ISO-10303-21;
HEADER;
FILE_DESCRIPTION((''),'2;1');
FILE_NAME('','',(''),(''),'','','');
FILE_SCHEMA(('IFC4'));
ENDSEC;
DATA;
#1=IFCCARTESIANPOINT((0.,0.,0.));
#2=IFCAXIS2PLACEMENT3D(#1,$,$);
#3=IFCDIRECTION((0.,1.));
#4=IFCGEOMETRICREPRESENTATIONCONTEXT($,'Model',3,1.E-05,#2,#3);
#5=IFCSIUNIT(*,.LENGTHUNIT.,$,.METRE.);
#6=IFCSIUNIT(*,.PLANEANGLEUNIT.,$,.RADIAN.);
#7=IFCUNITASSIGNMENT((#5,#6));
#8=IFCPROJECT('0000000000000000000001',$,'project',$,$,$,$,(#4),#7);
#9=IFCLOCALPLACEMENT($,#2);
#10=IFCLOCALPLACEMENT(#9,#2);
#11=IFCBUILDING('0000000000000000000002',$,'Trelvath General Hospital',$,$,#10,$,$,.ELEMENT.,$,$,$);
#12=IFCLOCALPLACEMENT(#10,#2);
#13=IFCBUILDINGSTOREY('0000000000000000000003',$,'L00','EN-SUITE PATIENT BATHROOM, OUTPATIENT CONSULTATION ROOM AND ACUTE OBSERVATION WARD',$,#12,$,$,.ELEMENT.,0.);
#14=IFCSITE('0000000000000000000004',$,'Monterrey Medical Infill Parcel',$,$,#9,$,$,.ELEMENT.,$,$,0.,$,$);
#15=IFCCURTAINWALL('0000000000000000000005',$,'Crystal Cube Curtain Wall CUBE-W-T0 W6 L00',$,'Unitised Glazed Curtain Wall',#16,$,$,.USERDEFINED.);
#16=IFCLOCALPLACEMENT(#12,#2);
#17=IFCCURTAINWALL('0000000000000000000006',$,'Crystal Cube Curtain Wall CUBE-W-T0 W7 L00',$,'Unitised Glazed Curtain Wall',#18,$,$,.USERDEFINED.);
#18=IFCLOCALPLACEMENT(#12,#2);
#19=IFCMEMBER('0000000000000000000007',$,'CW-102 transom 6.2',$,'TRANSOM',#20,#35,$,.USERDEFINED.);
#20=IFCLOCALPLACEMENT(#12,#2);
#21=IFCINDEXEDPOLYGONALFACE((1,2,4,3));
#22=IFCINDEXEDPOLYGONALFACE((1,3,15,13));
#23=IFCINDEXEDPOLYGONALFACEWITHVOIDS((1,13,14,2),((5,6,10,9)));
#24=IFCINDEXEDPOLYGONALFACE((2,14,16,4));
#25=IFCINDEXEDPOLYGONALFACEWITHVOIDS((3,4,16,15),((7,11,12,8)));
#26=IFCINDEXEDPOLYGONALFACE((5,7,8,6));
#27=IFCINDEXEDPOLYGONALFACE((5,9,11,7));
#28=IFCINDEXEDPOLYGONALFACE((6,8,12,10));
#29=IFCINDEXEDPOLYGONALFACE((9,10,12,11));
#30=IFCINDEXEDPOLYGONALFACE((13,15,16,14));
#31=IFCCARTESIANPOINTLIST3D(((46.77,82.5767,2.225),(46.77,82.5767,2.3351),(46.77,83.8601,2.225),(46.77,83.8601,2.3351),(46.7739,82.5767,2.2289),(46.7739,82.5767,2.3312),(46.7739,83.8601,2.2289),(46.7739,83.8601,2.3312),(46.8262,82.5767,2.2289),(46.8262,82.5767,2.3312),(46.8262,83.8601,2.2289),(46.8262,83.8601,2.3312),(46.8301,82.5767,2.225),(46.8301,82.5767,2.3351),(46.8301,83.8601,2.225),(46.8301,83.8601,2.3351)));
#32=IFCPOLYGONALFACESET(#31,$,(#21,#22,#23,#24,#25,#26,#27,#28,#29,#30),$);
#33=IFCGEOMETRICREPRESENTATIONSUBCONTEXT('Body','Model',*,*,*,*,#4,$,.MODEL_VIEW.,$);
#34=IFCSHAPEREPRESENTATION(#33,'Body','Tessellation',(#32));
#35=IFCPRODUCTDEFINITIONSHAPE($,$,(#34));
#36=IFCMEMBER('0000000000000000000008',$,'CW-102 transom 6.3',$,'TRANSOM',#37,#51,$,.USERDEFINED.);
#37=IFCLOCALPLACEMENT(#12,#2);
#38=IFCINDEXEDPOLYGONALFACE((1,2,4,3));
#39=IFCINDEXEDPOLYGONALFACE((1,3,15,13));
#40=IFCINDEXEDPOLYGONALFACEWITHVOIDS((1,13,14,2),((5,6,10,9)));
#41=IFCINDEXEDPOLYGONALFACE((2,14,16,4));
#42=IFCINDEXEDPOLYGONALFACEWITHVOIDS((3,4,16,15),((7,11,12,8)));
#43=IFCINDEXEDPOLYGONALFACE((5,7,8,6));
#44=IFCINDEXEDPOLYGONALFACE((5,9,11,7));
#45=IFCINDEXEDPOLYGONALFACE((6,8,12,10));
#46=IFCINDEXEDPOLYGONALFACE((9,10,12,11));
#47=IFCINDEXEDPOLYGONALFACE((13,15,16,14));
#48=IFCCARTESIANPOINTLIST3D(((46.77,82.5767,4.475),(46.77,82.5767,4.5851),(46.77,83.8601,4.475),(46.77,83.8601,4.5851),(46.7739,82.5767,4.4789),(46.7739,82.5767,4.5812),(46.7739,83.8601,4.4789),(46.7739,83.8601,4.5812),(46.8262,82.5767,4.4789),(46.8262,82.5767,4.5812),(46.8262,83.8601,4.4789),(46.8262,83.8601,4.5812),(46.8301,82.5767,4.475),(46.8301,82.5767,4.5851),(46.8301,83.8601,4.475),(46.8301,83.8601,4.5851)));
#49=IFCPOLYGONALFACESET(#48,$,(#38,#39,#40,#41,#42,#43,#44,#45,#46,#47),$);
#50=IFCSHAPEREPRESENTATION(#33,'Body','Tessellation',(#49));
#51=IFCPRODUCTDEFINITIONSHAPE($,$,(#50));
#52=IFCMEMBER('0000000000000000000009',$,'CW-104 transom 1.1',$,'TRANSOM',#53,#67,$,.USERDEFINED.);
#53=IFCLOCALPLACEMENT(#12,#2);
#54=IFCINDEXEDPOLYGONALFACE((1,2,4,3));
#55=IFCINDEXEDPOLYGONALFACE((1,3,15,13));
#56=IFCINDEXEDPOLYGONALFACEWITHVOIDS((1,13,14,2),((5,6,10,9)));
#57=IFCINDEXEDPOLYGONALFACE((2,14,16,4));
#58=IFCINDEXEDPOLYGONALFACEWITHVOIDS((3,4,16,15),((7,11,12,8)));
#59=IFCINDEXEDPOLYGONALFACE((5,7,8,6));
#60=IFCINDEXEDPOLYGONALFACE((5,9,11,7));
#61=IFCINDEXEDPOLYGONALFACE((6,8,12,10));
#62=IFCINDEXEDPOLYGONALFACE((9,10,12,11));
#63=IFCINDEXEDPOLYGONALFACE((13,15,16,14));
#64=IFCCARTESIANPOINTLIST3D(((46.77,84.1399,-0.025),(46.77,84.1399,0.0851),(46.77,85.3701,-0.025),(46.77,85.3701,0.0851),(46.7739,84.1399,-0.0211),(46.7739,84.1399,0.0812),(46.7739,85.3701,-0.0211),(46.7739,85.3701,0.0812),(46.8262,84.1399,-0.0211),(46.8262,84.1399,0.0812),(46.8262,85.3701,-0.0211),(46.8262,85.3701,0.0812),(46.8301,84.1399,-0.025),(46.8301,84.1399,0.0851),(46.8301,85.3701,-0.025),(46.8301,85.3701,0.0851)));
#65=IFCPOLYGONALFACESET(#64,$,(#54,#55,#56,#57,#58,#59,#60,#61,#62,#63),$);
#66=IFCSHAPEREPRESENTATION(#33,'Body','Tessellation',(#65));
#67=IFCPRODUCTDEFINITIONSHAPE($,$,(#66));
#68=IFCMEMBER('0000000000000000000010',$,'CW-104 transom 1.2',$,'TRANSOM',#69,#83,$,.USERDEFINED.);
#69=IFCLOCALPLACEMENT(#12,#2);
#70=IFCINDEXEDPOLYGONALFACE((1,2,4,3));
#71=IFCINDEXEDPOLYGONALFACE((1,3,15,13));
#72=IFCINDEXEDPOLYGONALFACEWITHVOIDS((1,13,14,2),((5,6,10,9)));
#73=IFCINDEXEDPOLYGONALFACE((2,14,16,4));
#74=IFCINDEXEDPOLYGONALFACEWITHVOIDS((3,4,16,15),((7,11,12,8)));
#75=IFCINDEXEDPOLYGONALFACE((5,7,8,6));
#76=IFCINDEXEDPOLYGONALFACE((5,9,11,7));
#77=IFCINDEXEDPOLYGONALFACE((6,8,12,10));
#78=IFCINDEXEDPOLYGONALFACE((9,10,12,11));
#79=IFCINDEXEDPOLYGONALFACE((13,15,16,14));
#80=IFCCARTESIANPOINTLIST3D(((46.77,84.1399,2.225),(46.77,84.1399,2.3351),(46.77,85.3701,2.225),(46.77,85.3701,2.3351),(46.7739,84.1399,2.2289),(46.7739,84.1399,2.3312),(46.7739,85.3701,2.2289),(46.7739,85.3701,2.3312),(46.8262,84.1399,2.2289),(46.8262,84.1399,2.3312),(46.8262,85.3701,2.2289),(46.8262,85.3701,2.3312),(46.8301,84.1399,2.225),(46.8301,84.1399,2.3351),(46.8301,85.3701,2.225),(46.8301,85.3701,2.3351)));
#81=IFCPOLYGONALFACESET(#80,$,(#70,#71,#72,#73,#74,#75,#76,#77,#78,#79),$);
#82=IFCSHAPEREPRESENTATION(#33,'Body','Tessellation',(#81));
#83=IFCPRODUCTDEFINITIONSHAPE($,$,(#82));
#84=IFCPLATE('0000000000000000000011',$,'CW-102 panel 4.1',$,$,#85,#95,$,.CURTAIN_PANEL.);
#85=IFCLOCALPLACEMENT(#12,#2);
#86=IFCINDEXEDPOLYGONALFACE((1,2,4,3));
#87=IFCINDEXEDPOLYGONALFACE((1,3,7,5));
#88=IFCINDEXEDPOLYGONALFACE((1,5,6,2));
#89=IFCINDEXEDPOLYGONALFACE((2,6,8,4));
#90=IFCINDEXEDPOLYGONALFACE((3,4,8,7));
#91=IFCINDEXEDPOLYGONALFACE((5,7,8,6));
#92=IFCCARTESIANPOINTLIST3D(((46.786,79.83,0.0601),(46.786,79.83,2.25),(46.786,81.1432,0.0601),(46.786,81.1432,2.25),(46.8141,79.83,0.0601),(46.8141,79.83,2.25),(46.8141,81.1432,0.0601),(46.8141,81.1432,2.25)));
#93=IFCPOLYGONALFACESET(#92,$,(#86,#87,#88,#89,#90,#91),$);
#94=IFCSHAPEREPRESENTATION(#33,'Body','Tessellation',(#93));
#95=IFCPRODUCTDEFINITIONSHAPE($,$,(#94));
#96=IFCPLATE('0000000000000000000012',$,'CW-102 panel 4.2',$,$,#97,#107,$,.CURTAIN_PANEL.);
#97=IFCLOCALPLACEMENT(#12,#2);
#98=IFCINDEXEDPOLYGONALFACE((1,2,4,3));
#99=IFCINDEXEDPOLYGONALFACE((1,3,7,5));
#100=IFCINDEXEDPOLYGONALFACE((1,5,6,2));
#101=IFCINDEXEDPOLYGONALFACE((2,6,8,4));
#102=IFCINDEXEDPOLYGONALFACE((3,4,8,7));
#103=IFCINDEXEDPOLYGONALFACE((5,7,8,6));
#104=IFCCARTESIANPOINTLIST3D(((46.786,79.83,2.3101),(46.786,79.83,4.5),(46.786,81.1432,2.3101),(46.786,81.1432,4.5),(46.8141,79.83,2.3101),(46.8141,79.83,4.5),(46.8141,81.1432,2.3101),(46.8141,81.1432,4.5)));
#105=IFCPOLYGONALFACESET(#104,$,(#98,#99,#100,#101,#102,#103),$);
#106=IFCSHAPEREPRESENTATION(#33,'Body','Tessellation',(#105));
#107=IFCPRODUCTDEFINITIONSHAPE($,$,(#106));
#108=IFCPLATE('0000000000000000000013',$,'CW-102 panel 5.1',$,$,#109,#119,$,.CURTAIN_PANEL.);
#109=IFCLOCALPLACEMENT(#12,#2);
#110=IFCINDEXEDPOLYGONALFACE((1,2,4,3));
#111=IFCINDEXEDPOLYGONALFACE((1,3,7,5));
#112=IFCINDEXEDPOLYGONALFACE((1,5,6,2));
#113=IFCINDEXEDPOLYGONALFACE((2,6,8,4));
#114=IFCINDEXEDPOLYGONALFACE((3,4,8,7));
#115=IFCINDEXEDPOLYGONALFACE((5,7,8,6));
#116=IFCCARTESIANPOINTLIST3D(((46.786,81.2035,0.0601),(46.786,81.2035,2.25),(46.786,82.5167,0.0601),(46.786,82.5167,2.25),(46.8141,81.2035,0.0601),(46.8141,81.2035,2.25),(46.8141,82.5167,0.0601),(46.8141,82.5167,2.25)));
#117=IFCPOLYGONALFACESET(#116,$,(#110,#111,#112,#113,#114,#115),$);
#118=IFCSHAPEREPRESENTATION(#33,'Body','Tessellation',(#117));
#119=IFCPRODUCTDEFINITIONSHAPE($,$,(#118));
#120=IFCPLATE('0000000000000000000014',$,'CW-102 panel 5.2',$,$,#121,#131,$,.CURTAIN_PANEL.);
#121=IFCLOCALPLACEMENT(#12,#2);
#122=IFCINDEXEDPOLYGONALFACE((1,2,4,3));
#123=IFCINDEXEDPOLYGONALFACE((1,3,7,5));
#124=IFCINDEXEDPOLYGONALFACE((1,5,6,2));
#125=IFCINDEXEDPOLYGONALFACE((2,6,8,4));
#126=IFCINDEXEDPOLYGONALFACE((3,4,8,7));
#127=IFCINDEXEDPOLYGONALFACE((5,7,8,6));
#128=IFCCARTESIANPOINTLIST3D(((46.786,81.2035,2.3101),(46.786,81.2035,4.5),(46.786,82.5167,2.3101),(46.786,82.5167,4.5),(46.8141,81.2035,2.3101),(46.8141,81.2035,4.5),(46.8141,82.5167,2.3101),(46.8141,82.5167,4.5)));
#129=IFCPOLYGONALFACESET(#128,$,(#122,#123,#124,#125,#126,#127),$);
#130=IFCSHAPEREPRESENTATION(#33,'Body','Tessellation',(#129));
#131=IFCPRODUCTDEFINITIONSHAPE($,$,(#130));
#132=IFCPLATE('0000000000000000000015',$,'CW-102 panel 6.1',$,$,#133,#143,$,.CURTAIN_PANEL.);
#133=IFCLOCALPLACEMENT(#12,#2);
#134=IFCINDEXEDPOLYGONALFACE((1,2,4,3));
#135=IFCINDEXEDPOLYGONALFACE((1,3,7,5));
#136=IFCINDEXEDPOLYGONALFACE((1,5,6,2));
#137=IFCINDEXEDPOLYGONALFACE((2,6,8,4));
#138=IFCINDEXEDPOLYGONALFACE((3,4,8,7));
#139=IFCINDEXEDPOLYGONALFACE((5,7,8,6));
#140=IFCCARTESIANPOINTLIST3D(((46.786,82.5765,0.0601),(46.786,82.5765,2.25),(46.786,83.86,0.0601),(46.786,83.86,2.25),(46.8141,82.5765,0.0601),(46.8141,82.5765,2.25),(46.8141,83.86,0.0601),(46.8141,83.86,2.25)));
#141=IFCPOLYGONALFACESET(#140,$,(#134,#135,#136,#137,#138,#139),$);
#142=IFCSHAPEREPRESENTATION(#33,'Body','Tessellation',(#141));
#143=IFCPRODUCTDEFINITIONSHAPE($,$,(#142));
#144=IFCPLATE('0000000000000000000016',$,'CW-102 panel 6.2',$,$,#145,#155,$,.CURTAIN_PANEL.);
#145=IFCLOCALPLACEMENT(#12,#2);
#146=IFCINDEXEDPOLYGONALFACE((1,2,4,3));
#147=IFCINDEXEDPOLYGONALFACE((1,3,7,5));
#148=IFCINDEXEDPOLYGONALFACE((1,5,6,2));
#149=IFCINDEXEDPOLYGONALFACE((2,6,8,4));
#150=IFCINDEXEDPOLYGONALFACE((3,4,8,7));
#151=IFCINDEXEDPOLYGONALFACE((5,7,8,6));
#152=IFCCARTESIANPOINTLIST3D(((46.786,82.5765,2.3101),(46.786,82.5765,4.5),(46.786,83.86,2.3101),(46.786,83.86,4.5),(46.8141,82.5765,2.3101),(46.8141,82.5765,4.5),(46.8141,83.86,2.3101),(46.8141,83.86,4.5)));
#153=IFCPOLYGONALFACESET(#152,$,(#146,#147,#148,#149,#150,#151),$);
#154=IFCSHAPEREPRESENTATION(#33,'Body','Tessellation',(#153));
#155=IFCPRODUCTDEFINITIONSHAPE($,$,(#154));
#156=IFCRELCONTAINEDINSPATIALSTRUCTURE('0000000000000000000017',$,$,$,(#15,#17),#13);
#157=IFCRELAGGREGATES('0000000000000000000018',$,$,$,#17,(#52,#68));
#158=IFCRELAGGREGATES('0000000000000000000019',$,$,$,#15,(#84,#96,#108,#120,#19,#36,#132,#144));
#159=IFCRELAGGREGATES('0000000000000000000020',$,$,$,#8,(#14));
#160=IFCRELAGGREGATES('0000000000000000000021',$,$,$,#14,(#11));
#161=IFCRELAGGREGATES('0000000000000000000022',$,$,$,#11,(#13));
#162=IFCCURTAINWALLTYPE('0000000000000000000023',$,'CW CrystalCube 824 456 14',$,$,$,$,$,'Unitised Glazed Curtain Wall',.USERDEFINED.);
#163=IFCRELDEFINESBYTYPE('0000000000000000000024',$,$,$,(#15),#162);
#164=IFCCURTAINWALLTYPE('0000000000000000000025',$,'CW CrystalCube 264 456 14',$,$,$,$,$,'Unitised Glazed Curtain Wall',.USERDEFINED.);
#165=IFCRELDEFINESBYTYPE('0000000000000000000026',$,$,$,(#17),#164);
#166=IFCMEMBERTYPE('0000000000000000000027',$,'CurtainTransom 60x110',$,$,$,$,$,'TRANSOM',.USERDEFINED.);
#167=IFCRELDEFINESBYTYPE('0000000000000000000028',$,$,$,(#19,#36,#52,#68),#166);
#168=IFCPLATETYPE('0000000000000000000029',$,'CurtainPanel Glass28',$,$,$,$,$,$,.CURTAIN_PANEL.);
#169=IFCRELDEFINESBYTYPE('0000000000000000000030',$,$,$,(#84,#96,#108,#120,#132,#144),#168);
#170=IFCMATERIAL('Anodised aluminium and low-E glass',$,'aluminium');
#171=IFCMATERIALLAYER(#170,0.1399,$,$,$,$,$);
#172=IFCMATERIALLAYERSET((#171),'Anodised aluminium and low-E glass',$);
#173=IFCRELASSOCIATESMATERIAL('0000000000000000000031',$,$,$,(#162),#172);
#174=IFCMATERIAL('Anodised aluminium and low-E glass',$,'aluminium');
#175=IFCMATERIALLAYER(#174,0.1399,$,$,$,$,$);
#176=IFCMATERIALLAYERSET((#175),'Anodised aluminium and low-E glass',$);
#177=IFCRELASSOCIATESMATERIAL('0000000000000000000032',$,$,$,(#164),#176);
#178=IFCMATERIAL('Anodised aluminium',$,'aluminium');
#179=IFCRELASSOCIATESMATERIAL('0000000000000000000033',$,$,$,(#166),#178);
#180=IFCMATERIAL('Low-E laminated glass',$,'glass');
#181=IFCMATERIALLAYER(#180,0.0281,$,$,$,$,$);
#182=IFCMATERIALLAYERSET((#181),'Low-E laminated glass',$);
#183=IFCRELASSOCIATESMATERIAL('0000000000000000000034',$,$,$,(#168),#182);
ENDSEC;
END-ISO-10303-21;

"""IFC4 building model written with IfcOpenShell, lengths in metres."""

from ifc_helpers import new_model, si_unit, direction, frame, origin, origin_2d, place, context, subcontext, project, spatial, rectangle, hollow_rectangle, extrude, material, layer, layer_set, material_profile, profile_set, type_object, element, aggregate, save


model = new_model("IFC4")

# Units and contexts
model_context = context("Model", 3, precision=1e-05, world=origin(), true_north=direction((0.0, 1.0)))
body_context = subcontext(model_context, "Body", "Model", "MODEL_VIEW")
ifc_project = project(units=[si_unit("LENGTHUNIT", "METRE"), si_unit("PLANEANGLEUNIT", "RADIAN")], contexts=[model_context])

# Site, building, storey
site_placement = place(None, origin())
site = spatial("IfcSite", under=ifc_project, at=site_placement, Name="Monterrey Medical Infill Parcel", CompositionType="ELEMENT", RefElevation=0.0)
building_placement = place(site_placement, origin())
building = spatial("IfcBuilding", under=site, at=building_placement, Name="Trelvath General Hospital", CompositionType="ELEMENT")
storey_placement = place(building_placement, origin())
storey = spatial("IfcBuildingStorey", under=building, at=storey_placement, Name="L00", Description="EN-SUITE PATIENT BATHROOM, OUTPATIENT CONSULTATION ROOM AND ACUTE OBSERVATION WARD", CompositionType="ELEMENT", Elevation=0.0)

# Curtain wall
ifc_material_1 = material(Name="Anodised aluminium and low-E glass", Category="aluminium")
ifc_layer_1 = layer(ifc_material_1, 0.1399)
ifc_layer_set_1 = layer_set([ifc_layer_1], Name="Anodised aluminium and low-E glass")
curtain_wall_type_1 = type_object("IfcCurtainWallType", Name="CW CrystalCube 824 456 14", ElementType="Unitised Glazed Curtain Wall", PredefinedType="USERDEFINED", material=ifc_layer_set_1)
curtain_wall_1_placement = place(storey_placement, origin())
curtain_wall_1 = element("IfcCurtainWall", 1, at=curtain_wall_1_placement, inside=storey, type_object=curtain_wall_type_1, Name="Crystal Cube Curtain Wall CUBE-W-T0 W6 L00", ObjectType="Unitised Glazed Curtain Wall", PredefinedType="USERDEFINED")

# Curtain wall
ifc_material_2 = material(Name="Anodised aluminium and low-E glass", Category="aluminium")
ifc_layer_2 = layer(ifc_material_2, 0.1399)
ifc_layer_set_2 = layer_set([ifc_layer_2], Name="Anodised aluminium and low-E glass")
curtain_wall_type_2 = type_object("IfcCurtainWallType", Name="CW CrystalCube 264 456 14", ElementType="Unitised Glazed Curtain Wall", PredefinedType="USERDEFINED", material=ifc_layer_set_2)
curtain_wall_2_placement = place(storey_placement, origin())
curtain_wall_2 = element("IfcCurtainWall", 2, at=curtain_wall_2_placement, inside=storey, type_object=curtain_wall_type_2, Name="Crystal Cube Curtain Wall CUBE-W-T0 W7 L00", ObjectType="Unitised Glazed Curtain Wall", PredefinedType="USERDEFINED")

# Members
ifc_material_3 = material(Name="Anodised aluminium", Category="aluminium")
ifc_material_profile_1 = material_profile(ifc_material_3, hollow_rectangle(XDim=0.0601, YDim=0.1101, WallThickness=0.0039, at=origin_2d()), Name="RHS60x110x4")
ifc_profile_set_1 = profile_set([ifc_material_profile_1], Name="Anodised aluminium")
member_type_1 = type_object("IfcMemberType", Name="CurtainTransom 60x110", ElementType="TRANSOM", PredefinedType="USERDEFINED", material=ifc_profile_set_1)
member_1_placement = place(storey_placement, frame((46.8, 82.5767, 2.28), z_axis=(0.0, 1.0, 0.0), x_axis=(-1.0, 0.0, 0.0)))
member_1 = element("IfcMember", 3, at=member_1_placement, type_object=member_type_1, Name="CW-102 transom 6.2", ObjectType="TRANSOM", PredefinedType="USERDEFINED", context=body_context, shape_type="SweptSolid", body=[
    extrude(hollow_rectangle(XDim=0.0601, YDim=0.1101, WallThickness=0.0039, at=origin_2d()), origin(), (0.0, 0.0, 1.0), 1.2834),
])
member_2_placement = place(storey_placement, frame((46.8, 82.5767, 4.53), z_axis=(0.0, 1.0, 0.0), x_axis=(-1.0, 0.0, 0.0)))
member_2 = element("IfcMember", 4, at=member_2_placement, type_object=member_type_1, Name="CW-102 transom 6.3", ObjectType="TRANSOM", PredefinedType="USERDEFINED", context=body_context, shape_type="SweptSolid", body=[
    extrude(hollow_rectangle(XDim=0.0601, YDim=0.1101, WallThickness=0.0039, at=origin_2d()), origin(), (0.0, 0.0, 1.0), 1.2834),
])
member_3_placement = place(storey_placement, frame((46.8, 84.1399, 0.03), z_axis=(0.0, 1.0, 0.0), x_axis=(-1.0, 0.0, 0.0)))
member_3 = element("IfcMember", 5, at=member_3_placement, type_object=member_type_1, Name="CW-104 transom 1.1", ObjectType="TRANSOM", PredefinedType="USERDEFINED", context=body_context, shape_type="SweptSolid", body=[
    extrude(hollow_rectangle(XDim=0.0601, YDim=0.1101, WallThickness=0.0039, at=origin_2d()), origin(), (0.0, 0.0, 1.0), 1.2302),
])
member_4_placement = place(storey_placement, frame((46.8, 84.1399, 2.28), z_axis=(0.0, 1.0, 0.0), x_axis=(-1.0, 0.0, 0.0)))
member_4 = element("IfcMember", 6, at=member_4_placement, type_object=member_type_1, Name="CW-104 transom 1.2", ObjectType="TRANSOM", PredefinedType="USERDEFINED", context=body_context, shape_type="SweptSolid", body=[
    extrude(hollow_rectangle(XDim=0.0601, YDim=0.1101, WallThickness=0.0039, at=origin_2d()), origin(), (0.0, 0.0, 1.0), 1.2302),
])
aggregate(curtain_wall_2, [member_3, member_4])

# Plates
ifc_material_4 = material(Name="Low-E laminated glass", Category="glass")
ifc_layer_3 = layer(ifc_material_4, 0.0281)
ifc_layer_set_3 = layer_set([ifc_layer_3], Name="Low-E laminated glass")
plate_type = type_object("IfcPlateType", Name="CurtainPanel Glass28", PredefinedType="CURTAIN_PANEL", material=ifc_layer_set_3)
plate_1_placement = place(storey_placement, frame((46.8, 80.4866, 0.0601), z_axis=(0.0, 0.0, 1.0), x_axis=(0.0, 1.0, 0.0)))
plate_1 = element("IfcPlate", 7, at=plate_1_placement, type_object=plate_type, Name="CW-102 panel 4.1", PredefinedType="CURTAIN_PANEL", context=body_context, shape_type="SweptSolid", body=[
    extrude(rectangle(XDim=1.3132, YDim=0.0281, at=origin_2d()), origin(), (0.0, 0.0, 1.0), 2.1899),
])
plate_2_placement = place(storey_placement, frame((46.8, 80.4866, 2.3101), z_axis=(0.0, 0.0, 1.0), x_axis=(0.0, 1.0, 0.0)))
plate_2 = element("IfcPlate", 8, at=plate_2_placement, type_object=plate_type, Name="CW-102 panel 4.2", PredefinedType="CURTAIN_PANEL", context=body_context, shape_type="SweptSolid", body=[
    extrude(rectangle(XDim=1.3132, YDim=0.0281, at=origin_2d()), origin(), (0.0, 0.0, 1.0), 2.1899),
])
plate_3_placement = place(storey_placement, frame((46.8, 81.8601, 0.0601), z_axis=(0.0, 0.0, 1.0), x_axis=(0.0, 1.0, 0.0)))
plate_3 = element("IfcPlate", 9, at=plate_3_placement, type_object=plate_type, Name="CW-102 panel 5.1", PredefinedType="CURTAIN_PANEL", context=body_context, shape_type="SweptSolid", body=[
    extrude(rectangle(XDim=1.3132, YDim=0.0281, at=origin_2d()), origin(), (0.0, 0.0, 1.0), 2.1899),
])
plate_4_placement = place(storey_placement, frame((46.8, 81.8601, 2.3101), z_axis=(0.0, 0.0, 1.0), x_axis=(0.0, 1.0, 0.0)))
plate_4 = element("IfcPlate", 10, at=plate_4_placement, type_object=plate_type, Name="CW-102 panel 5.2", PredefinedType="CURTAIN_PANEL", context=body_context, shape_type="SweptSolid", body=[
    extrude(rectangle(XDim=1.3132, YDim=0.0281, at=origin_2d()), origin(), (0.0, 0.0, 1.0), 2.1899),
])
plate_5_placement = place(storey_placement, frame((46.8, 83.2183, 0.0601), z_axis=(0.0, 0.0, 1.0), x_axis=(0.0, 1.0, 0.0)))
plate_5 = element("IfcPlate", 11, at=plate_5_placement, type_object=plate_type, Name="CW-102 panel 6.1", PredefinedType="CURTAIN_PANEL", context=body_context, shape_type="SweptSolid", body=[
    extrude(rectangle(XDim=1.2834, YDim=0.0281, at=origin_2d()), origin(), (0.0, 0.0, 1.0), 2.1899),
])
plate_6_placement = place(storey_placement, frame((46.8, 83.2183, 2.3101), z_axis=(0.0, 0.0, 1.0), x_axis=(0.0, 1.0, 0.0)))
plate_6 = element("IfcPlate", 12, at=plate_6_placement, type_object=plate_type, Name="CW-102 panel 6.2", PredefinedType="CURTAIN_PANEL", context=body_context, shape_type="SweptSolid", body=[
    extrude(rectangle(XDim=1.2834, YDim=0.0281, at=origin_2d()), origin(), (0.0, 0.0, 1.0), 2.1899),
])
aggregate(curtain_wall_1, [plate_1, plate_2, plate_3, plate_4, member_1, member_2, plate_5, plate_6])

save(model, "model.ifc")
